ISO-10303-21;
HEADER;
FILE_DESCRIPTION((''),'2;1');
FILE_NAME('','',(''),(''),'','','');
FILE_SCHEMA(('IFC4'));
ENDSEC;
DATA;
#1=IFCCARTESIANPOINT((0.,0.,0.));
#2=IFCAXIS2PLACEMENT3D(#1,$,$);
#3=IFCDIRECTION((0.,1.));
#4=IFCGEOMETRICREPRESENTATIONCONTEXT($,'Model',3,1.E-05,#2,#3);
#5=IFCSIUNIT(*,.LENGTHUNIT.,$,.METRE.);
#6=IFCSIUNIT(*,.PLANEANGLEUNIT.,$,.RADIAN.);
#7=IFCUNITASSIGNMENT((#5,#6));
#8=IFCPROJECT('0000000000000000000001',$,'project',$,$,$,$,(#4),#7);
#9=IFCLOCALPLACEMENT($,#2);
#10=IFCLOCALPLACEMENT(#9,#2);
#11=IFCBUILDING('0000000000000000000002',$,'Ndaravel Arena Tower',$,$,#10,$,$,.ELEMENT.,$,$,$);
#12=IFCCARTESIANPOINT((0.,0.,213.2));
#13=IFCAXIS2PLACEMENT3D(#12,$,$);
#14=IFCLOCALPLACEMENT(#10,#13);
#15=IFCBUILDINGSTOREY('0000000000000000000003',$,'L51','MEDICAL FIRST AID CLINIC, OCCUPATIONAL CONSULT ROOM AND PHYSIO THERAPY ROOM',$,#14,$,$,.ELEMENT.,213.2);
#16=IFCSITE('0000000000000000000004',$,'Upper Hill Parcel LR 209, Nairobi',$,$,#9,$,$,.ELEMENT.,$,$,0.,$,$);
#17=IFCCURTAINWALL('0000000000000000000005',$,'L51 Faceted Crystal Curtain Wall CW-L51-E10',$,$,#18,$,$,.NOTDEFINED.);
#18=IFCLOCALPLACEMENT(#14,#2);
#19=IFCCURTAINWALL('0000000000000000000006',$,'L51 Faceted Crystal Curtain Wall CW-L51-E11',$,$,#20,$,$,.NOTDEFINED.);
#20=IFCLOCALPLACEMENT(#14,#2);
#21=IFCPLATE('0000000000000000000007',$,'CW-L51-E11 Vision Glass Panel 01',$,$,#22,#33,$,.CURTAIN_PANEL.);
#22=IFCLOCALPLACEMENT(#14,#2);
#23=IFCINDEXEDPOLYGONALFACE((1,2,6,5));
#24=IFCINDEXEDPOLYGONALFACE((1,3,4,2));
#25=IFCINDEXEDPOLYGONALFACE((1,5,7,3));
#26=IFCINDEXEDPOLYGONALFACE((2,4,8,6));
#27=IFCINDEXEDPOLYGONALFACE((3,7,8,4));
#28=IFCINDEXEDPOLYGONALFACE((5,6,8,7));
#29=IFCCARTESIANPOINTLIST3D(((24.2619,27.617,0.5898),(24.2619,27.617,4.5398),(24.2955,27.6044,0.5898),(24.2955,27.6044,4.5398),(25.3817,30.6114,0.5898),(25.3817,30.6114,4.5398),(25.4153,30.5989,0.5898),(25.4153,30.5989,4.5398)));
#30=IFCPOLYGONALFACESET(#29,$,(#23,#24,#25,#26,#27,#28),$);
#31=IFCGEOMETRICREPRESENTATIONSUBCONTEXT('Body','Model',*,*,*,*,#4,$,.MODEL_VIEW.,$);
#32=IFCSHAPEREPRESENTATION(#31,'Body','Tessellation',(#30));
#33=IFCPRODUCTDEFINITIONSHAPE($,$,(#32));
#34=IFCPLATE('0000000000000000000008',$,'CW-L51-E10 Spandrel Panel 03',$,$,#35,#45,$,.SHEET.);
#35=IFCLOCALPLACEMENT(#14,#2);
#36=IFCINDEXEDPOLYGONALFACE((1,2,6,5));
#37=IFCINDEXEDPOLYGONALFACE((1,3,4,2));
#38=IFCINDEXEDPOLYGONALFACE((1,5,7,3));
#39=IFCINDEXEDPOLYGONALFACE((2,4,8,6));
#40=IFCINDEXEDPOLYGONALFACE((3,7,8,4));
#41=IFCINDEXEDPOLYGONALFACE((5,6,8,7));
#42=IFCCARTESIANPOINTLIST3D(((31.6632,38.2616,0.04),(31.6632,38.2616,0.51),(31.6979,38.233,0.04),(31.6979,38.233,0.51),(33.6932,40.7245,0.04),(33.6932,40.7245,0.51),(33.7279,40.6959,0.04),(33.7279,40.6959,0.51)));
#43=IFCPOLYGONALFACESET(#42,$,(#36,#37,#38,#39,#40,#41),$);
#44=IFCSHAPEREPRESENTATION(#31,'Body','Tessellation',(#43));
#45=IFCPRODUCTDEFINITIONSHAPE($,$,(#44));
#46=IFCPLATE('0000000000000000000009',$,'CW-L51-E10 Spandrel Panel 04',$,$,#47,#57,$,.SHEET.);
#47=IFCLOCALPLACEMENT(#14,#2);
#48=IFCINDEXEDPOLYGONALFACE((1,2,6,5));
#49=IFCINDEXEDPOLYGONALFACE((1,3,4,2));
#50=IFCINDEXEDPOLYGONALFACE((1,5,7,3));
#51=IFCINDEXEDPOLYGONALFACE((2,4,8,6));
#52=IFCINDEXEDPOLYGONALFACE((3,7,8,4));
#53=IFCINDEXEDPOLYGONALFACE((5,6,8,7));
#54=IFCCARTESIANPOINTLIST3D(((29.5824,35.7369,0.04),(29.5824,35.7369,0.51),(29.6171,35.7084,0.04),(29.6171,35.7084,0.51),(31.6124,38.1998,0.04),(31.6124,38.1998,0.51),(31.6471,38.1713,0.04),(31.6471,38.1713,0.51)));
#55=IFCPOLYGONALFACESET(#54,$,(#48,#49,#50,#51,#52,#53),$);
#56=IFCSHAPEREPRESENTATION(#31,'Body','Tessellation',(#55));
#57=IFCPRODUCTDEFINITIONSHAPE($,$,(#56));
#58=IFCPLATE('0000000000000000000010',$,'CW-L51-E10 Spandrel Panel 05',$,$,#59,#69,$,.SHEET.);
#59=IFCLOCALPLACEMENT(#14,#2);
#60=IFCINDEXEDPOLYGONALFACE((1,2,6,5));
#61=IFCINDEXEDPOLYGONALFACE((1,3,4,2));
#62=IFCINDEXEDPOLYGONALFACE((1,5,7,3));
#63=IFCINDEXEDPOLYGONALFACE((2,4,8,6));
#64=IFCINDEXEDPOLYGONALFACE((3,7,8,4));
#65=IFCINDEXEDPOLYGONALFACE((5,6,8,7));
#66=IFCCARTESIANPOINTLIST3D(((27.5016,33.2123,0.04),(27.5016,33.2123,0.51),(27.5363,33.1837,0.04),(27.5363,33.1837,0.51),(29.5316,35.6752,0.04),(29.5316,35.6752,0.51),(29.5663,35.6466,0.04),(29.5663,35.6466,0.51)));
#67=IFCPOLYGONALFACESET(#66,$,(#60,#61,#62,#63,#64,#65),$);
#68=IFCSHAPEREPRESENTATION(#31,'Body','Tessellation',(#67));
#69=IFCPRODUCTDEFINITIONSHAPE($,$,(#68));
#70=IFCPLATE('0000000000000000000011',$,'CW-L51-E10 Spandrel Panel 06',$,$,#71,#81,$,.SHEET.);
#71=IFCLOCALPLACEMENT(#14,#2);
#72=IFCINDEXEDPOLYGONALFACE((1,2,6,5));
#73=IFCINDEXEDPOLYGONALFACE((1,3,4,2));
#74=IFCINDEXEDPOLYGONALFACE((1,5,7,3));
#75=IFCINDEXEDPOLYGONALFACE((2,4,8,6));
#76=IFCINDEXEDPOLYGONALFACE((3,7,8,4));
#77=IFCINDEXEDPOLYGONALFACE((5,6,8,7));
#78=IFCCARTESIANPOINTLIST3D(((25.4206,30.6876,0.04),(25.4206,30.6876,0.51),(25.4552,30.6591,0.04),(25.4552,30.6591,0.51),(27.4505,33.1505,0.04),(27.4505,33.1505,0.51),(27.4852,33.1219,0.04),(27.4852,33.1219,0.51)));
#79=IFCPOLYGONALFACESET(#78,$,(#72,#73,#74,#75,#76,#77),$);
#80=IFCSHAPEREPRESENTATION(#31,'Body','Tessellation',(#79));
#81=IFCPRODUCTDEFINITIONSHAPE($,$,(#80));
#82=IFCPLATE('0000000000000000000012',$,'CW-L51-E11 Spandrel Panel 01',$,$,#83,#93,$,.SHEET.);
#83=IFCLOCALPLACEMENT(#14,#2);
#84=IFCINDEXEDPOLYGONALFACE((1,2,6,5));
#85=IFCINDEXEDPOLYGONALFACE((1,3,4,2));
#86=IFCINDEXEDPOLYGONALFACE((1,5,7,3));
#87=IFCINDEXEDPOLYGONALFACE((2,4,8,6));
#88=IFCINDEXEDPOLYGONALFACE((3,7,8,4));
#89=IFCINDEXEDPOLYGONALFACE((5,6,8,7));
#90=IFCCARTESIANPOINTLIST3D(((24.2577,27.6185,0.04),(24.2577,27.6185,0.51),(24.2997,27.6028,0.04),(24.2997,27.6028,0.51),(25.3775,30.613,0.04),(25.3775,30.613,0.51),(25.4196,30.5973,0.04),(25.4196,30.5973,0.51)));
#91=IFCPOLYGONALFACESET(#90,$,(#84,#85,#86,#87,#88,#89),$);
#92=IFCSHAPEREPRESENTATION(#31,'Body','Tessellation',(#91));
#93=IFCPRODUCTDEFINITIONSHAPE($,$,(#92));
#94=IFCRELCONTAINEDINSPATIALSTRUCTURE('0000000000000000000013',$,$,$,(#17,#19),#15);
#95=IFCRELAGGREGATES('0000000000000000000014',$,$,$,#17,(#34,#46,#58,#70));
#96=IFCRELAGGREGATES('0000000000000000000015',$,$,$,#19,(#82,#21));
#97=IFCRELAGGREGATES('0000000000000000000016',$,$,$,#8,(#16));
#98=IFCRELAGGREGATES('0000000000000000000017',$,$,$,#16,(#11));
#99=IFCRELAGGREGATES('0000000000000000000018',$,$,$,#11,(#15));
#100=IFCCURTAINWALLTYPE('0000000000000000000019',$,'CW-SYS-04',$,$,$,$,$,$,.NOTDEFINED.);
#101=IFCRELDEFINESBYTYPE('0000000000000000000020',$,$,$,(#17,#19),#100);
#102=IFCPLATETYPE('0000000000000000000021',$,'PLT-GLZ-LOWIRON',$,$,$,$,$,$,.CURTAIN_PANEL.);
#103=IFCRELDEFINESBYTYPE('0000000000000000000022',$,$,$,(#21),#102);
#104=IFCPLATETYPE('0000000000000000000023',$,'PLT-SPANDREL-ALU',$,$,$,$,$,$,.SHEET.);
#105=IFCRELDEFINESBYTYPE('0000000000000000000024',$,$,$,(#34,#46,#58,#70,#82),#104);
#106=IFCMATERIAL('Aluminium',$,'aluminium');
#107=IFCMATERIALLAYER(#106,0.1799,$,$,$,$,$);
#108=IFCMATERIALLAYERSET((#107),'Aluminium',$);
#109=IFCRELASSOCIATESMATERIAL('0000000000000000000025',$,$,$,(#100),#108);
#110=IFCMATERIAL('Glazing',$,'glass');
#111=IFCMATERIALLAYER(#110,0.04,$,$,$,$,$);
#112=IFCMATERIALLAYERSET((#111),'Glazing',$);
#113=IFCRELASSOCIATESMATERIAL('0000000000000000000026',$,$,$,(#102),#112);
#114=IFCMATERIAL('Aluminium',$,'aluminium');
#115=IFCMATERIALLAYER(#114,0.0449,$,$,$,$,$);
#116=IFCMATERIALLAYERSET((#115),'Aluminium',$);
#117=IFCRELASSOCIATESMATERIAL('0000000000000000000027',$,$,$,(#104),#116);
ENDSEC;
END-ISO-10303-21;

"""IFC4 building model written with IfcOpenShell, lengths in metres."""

from ifc_helpers import new_model, si_unit, direction, frame, origin, origin_2d, place, context, subcontext, project, spatial, rectangle, extrude, material, layer, layer_set, type_object, element, aggregate, save


model = new_model("IFC4")

# Units and contexts
model_context = context("Model", 3, precision=1e-05, world=origin(), true_north=direction((0.0, 1.0)))
body_context = subcontext(model_context, "Body", "Model", "MODEL_VIEW")
ifc_project = project(units=[si_unit("LENGTHUNIT", "METRE"), si_unit("PLANEANGLEUNIT", "RADIAN")], contexts=[model_context])

# Site, building, storey
site_placement = place(None, origin())
site = spatial("IfcSite", under=ifc_project, at=site_placement, Name="Upper Hill Parcel LR 209, Nairobi", CompositionType="ELEMENT", RefElevation=0.0)
building_placement = place(site_placement, origin())
building = spatial("IfcBuilding", under=site, at=building_placement, Name="Ndaravel Arena Tower", CompositionType="ELEMENT")
storey_placement = place(building_placement, frame((0.0, 0.0, 213.2)))
storey = spatial("IfcBuildingStorey", under=building, at=storey_placement, Name="L51", Description="MEDICAL FIRST AID CLINIC, OCCUPATIONAL CONSULT ROOM AND PHYSIO THERAPY ROOM", CompositionType="ELEMENT", Elevation=213.2)

# Curtain walls
ifc_material_1 = material(Name="Aluminium", Category="aluminium")
ifc_layer_1 = layer(ifc_material_1, 0.1799)
ifc_layer_set_1 = layer_set([ifc_layer_1], Name="Aluminium")
curtain_wall_type = type_object("IfcCurtainWallType", Name="CW-SYS-04", PredefinedType="NOTDEFINED", material=ifc_layer_set_1)
curtain_wall_1_placement = place(storey_placement, origin())
curtain_wall_1 = element("IfcCurtainWall", 1, at=curtain_wall_1_placement, inside=storey, type_object=curtain_wall_type, Name="L51 Faceted Crystal Curtain Wall CW-L51-E10", PredefinedType="NOTDEFINED")
curtain_wall_2_placement = place(storey_placement, origin())
curtain_wall_2 = element("IfcCurtainWall", 2, at=curtain_wall_2_placement, inside=storey, type_object=curtain_wall_type, Name="L51 Faceted Crystal Curtain Wall CW-L51-E11", PredefinedType="NOTDEFINED")

# Plates
ifc_material_2 = material(Name="Glazing", Category="glass")
ifc_layer_2 = layer(ifc_material_2, 0.04)
ifc_layer_set_2 = layer_set([ifc_layer_2], Name="Glazing")
plate_type_1 = type_object("IfcPlateType", Name="PLT-GLZ-LOWIRON", PredefinedType="CURTAIN_PANEL", material=ifc_layer_set_2)
plate_1_placement = place(storey_placement, frame((24.8386, 29.1079, 0.5898), z_axis=(0.0, 0.0, 1.0), x_axis=(-0.350273, -0.936648, 0.0)))
plate_1 = element("IfcPlate", 3, at=plate_1_placement, type_object=plate_type_1, Name="CW-L51-E11 Vision Glass Panel 01", PredefinedType="CURTAIN_PANEL", context=body_context, shape_type="SweptSolid", body=[
    extrude(rectangle(XDim=3.197, YDim=0.0359, at=origin_2d()), origin(), (0.0, 0.0, 1.0), 3.95),
])
ifc_material_3 = material(Name="Aluminium", Category="aluminium")
ifc_layer_3 = layer(ifc_material_3, 0.0449)
ifc_layer_set_3 = layer_set([ifc_layer_3], Name="Aluminium")
plate_type_2 = type_object("IfcPlateType", Name="PLT-SPANDREL-ALU", PredefinedType="SHEET", material=ifc_layer_set_3)
plate_2_placement = place(storey_placement, frame((32.6956, 39.4788, 0.04), z_axis=(0.0, 0.0, 1.0), x_axis=(-0.636024, -0.771669, 0.0)))
plate_2 = element("IfcPlate", 4, at=plate_2_placement, type_object=plate_type_2, Name="CW-L51-E10 Spandrel Panel 03", PredefinedType="SHEET", context=body_context, shape_type="SweptSolid", body=[
    extrude(rectangle(XDim=3.1917, YDim=0.0449, at=origin_2d()), origin(), (0.0, 0.0, 1.0), 0.47),
])
plate_3_placement = place(storey_placement, frame((30.6147, 36.9541, 0.04), z_axis=(0.0, 0.0, 1.0), x_axis=(-0.636024, -0.771669, 0.0)))
plate_3 = element("IfcPlate", 5, at=plate_3_placement, type_object=plate_type_2, Name="CW-L51-E10 Spandrel Panel 04", PredefinedType="SHEET", context=body_context, shape_type="SweptSolid", body=[
    extrude(rectangle(XDim=3.1917, YDim=0.0449, at=origin_2d()), origin(), (0.0, 0.0, 1.0), 0.47),
])
plate_4_placement = place(storey_placement, frame((28.5339, 34.4294, 0.04), z_axis=(0.0, 0.0, 1.0), x_axis=(-0.636024, -0.771669, 0.0)))
plate_4 = element("IfcPlate", 6, at=plate_4_placement, type_object=plate_type_2, Name="CW-L51-E10 Spandrel Panel 05", PredefinedType="SHEET", context=body_context, shape_type="SweptSolid", body=[
    extrude(rectangle(XDim=3.1917, YDim=0.0449, at=origin_2d()), origin(), (0.0, 0.0, 1.0), 0.47),
])
plate_5_placement = place(storey_placement, frame((26.4529, 31.9048, 0.04), z_axis=(0.0, 0.0, 1.0), x_axis=(-0.636024, -0.771669, 0.0)))
plate_5 = element("IfcPlate", 7, at=plate_5_placement, type_object=plate_type_2, Name="CW-L51-E10 Spandrel Panel 06", PredefinedType="SHEET", context=body_context, shape_type="SweptSolid", body=[
    extrude(rectangle(XDim=3.1917, YDim=0.0449, at=origin_2d()), origin(), (0.0, 0.0, 1.0), 0.47),
])
aggregate(curtain_wall_1, [plate_2, plate_3, plate_4, plate_5])
plate_6_placement = place(storey_placement, frame((24.8386, 29.1079, 0.04), z_axis=(0.0, 0.0, 1.0), x_axis=(-0.350273, -0.936648, 0.0)))
plate_6 = element("IfcPlate", 8, at=plate_6_placement, type_object=plate_type_2, Name="CW-L51-E11 Spandrel Panel 01", PredefinedType="SHEET", context=body_context, shape_type="SweptSolid", body=[
    extrude(rectangle(XDim=3.197, YDim=0.0449, at=origin_2d()), origin(), (0.0, 0.0, 1.0), 0.47),
])
aggregate(curtain_wall_2, [plate_6, plate_1])

save(model, "model.ifc")
